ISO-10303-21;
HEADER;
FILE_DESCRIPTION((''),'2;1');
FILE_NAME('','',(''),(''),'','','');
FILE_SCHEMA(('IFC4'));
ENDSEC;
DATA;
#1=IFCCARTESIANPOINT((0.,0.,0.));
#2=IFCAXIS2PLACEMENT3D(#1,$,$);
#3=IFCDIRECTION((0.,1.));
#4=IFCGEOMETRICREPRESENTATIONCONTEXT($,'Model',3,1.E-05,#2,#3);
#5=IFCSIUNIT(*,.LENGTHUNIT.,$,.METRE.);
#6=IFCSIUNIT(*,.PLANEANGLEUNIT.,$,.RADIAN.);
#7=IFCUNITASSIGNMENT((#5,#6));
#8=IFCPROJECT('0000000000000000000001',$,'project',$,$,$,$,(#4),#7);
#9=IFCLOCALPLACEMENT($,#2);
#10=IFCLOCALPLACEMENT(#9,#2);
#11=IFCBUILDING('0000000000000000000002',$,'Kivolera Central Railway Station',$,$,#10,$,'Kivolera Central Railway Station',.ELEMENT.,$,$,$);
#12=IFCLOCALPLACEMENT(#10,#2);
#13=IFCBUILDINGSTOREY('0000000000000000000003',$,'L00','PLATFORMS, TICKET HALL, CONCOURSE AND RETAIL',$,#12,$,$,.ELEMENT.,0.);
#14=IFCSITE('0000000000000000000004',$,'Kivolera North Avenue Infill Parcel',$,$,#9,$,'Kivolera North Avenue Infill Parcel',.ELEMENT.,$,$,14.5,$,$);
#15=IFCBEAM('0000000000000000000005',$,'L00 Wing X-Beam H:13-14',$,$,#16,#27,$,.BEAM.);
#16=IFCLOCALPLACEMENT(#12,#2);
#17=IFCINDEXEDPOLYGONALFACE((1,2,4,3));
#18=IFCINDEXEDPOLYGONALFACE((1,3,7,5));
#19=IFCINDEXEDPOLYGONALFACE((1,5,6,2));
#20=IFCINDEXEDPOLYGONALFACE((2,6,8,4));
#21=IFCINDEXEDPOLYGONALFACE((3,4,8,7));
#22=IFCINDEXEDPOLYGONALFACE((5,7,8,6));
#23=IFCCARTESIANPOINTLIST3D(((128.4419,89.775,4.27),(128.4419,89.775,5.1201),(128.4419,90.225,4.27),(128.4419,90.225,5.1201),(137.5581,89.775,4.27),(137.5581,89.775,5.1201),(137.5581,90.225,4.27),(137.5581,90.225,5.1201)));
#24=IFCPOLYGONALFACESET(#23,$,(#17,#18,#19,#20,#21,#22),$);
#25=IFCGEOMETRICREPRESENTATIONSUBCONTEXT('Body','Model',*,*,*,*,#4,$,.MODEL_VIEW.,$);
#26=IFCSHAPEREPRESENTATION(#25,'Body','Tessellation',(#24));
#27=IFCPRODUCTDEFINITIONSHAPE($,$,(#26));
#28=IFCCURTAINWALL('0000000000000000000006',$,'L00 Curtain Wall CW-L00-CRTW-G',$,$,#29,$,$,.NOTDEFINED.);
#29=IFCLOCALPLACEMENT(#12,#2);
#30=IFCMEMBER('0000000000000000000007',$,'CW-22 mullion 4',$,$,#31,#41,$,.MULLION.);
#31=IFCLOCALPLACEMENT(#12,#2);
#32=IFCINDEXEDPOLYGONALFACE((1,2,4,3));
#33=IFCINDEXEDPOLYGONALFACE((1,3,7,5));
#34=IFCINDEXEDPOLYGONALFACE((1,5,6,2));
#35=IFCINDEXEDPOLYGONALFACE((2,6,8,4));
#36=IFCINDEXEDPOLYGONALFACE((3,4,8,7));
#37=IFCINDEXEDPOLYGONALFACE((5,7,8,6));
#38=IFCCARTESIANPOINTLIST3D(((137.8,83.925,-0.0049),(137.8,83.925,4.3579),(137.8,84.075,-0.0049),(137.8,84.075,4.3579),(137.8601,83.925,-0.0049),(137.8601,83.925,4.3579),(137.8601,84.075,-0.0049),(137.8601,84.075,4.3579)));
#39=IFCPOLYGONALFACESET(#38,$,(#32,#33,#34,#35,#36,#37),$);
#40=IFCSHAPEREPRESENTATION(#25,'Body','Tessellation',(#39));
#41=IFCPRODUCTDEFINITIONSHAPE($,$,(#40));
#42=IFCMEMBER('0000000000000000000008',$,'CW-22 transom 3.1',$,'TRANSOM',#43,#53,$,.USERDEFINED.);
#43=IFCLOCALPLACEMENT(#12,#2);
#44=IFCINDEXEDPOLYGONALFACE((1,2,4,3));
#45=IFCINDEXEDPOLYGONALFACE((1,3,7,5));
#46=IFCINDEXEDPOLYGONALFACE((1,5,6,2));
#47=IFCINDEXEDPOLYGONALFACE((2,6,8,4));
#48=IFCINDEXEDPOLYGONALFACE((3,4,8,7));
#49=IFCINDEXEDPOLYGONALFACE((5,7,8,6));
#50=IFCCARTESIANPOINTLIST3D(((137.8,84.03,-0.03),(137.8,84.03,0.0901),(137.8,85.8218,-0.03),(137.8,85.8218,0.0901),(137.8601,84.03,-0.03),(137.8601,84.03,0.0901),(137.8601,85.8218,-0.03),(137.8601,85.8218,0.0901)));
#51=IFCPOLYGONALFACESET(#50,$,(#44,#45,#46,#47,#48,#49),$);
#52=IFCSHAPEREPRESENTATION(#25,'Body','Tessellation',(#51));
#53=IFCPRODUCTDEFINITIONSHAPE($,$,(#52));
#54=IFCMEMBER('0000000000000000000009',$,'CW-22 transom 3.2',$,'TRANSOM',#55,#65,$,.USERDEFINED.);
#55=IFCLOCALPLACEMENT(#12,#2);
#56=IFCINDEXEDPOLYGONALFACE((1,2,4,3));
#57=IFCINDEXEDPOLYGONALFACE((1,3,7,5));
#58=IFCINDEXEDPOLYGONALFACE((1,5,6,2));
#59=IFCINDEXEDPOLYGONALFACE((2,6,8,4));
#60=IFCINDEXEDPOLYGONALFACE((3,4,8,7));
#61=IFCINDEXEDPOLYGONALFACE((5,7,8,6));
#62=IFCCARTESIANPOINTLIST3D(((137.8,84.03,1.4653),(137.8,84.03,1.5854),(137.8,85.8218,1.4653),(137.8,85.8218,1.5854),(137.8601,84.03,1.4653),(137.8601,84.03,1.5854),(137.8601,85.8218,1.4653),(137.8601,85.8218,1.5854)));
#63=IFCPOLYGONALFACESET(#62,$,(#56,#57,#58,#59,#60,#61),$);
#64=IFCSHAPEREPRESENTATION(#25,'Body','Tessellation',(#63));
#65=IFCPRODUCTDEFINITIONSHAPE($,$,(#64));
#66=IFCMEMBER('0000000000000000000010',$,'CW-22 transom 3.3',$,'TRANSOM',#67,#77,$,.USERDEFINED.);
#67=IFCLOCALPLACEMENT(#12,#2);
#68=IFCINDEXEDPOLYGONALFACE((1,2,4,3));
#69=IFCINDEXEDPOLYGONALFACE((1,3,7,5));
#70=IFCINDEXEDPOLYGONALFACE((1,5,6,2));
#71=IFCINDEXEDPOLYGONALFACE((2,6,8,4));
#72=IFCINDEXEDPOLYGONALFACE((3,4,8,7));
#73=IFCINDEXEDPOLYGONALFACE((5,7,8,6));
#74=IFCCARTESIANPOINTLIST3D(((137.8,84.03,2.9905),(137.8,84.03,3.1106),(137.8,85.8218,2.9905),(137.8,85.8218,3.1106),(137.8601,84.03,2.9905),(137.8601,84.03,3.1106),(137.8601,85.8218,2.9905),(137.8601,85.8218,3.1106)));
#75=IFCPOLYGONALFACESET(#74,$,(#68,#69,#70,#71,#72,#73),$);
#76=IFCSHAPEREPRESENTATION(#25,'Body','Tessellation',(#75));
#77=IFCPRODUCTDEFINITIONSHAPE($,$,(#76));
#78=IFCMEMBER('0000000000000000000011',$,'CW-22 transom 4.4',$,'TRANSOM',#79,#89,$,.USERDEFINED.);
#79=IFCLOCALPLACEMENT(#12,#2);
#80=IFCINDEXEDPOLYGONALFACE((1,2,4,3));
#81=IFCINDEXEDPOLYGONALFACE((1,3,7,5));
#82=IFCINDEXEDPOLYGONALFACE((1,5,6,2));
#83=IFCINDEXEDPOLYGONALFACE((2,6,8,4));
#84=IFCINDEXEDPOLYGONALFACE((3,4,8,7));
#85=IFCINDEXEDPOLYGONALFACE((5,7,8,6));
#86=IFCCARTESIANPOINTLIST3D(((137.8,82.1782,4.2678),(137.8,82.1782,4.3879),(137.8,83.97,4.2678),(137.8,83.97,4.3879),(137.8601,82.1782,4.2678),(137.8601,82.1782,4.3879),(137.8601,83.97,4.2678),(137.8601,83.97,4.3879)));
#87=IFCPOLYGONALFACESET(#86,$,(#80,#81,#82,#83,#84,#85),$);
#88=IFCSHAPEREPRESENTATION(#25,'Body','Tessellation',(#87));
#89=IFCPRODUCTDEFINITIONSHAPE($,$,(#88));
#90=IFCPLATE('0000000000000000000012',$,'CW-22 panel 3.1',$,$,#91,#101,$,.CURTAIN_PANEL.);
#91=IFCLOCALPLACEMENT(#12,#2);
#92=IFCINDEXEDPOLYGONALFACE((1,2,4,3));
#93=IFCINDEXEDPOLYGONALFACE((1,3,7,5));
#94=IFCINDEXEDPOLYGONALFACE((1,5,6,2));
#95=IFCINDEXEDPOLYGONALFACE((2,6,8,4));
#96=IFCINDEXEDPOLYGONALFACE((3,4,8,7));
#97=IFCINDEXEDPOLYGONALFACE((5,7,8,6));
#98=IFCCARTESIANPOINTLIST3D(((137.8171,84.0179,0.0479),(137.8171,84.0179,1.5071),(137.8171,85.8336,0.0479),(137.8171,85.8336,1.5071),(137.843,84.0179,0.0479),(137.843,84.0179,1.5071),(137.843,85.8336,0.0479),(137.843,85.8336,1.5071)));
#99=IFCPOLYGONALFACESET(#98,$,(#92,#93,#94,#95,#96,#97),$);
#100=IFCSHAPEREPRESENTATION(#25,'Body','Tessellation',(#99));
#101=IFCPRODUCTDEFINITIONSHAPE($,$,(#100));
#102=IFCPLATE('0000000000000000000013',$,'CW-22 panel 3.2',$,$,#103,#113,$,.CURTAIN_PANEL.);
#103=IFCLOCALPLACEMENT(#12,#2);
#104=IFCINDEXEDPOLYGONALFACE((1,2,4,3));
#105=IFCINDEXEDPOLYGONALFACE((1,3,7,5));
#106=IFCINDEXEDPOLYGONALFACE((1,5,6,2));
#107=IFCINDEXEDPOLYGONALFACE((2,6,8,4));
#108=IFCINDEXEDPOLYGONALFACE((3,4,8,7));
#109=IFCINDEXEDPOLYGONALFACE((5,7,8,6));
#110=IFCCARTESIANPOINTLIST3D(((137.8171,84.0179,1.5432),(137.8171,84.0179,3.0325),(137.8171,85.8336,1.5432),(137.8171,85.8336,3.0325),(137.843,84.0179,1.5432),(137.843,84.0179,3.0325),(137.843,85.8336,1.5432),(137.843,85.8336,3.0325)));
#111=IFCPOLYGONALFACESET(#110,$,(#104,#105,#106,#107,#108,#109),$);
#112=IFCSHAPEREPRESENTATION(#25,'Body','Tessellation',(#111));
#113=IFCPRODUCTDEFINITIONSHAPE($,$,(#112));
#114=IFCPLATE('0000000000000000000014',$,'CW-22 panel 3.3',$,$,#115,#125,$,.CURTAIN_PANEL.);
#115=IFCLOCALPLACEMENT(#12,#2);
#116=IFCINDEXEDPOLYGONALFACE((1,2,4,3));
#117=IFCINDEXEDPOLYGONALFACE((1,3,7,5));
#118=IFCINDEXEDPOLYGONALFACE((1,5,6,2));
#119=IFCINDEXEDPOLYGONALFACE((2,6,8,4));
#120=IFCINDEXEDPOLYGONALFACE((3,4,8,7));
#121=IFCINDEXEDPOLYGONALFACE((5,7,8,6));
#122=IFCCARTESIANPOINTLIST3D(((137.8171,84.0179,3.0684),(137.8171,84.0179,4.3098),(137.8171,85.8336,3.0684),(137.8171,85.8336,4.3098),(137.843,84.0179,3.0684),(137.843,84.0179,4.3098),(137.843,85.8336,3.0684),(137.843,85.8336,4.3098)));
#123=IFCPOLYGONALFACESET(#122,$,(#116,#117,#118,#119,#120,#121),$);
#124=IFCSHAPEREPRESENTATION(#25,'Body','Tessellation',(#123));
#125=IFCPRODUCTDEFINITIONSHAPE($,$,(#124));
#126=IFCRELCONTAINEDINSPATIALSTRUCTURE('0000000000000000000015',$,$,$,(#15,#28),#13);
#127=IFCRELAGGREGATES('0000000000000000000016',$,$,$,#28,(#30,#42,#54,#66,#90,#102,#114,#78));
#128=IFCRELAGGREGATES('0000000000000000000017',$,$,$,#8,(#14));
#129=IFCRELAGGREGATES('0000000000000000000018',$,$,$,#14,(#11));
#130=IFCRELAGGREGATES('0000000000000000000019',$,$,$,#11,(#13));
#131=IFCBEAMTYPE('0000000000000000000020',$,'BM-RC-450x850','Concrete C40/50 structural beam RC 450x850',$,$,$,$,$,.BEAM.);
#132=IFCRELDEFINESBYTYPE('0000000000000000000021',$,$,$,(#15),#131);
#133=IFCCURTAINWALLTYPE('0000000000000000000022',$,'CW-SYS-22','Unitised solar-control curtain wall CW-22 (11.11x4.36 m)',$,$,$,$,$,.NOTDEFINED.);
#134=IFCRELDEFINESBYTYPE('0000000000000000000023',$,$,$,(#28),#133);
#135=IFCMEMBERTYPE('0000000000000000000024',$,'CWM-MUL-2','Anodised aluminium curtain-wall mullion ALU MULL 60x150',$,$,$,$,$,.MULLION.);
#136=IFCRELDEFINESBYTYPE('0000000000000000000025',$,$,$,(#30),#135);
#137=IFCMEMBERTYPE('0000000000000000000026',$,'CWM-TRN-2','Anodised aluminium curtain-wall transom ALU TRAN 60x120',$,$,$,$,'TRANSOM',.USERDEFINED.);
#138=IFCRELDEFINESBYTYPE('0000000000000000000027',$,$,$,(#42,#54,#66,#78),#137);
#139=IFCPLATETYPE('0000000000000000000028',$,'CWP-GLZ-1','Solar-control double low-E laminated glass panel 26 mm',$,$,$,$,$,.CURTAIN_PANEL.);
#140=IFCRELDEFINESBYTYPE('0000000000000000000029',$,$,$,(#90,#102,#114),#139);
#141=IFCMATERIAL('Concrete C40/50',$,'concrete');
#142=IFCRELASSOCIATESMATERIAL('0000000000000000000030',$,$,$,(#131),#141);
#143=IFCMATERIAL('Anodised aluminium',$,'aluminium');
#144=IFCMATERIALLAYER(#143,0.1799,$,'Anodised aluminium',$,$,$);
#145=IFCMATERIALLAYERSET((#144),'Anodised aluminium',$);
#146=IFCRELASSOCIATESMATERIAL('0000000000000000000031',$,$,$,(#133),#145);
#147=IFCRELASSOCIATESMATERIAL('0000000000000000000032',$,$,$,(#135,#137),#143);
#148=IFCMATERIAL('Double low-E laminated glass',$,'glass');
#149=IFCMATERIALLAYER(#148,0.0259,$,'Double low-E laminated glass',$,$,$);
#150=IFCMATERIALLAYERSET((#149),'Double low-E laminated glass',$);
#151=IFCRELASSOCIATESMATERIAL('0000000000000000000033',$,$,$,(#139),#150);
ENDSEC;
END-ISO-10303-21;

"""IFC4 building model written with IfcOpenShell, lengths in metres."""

from ifc_helpers import new_model, si_unit, direction, frame, origin, origin_2d, place, context, subcontext, project, spatial, rectangle, extrude, material, layer, layer_set, material_profile, profile_set, type_object, element, aggregate, save


model = new_model("IFC4")

# Units and contexts
model_context = context("Model", 3, precision=1e-05, world=origin(), true_north=direction((0.0, 1.0)))
body_context = subcontext(model_context, "Body", "Model", "MODEL_VIEW")
ifc_project = project(units=[si_unit("LENGTHUNIT", "METRE"), si_unit("PLANEANGLEUNIT", "RADIAN")], contexts=[model_context])

# Site, building, storey
site_placement = place(None, origin())
site = spatial("IfcSite", under=ifc_project, at=site_placement, Name="Kivolera North Avenue Infill Parcel", LongName="Kivolera North Avenue Infill Parcel", CompositionType="ELEMENT", RefElevation=14.5)
building_placement = place(site_placement, origin())
building = spatial("IfcBuilding", under=site, at=building_placement, Name="Kivolera Central Railway Station", LongName="Kivolera Central Railway Station", CompositionType="ELEMENT")
storey_placement = place(building_placement, origin())
storey = spatial("IfcBuildingStorey", under=building, at=storey_placement, Name="L00", Description="PLATFORMS, TICKET HALL, CONCOURSE AND RETAIL", CompositionType="ELEMENT", Elevation=0.0)

# Shared definitions
ifc_material_1 = material(Name="Concrete C40/50", Category="concrete")

# Beam
ifc_material_profile_1 = material_profile(ifc_material_1, rectangle(XDim=0.45, YDim=0.8501, at=origin_2d()), Name="RC 450x850")
ifc_profile_set_1 = profile_set([ifc_material_profile_1], Name="Concrete C40/50")
beam_type_1 = type_object("IfcBeamType", Name="BM-RC-450x850", Description="Concrete C40/50 structural beam RC 450x850", PredefinedType="BEAM", material=ifc_profile_set_1)
for number, where, z_axis, x_axis, name in (
    (1, (128.4419, 90.0, 4.6951), (1.0, 0.0, 0.0), (0.0, 1.0, 0.0), "L00 Wing X-Beam H:13-14"),
):
    element("IfcBeam", number, at=place(storey_placement, frame(where, z_axis=z_axis, x_axis=x_axis)), inside=storey, type_object=beam_type_1, Name=name, PredefinedType="BEAM", context=body_context, shape_type="SweptSolid", body=[
        extrude(rectangle(XDim=0.45, YDim=0.8501, at=origin_2d()), origin(), (0.0, 0.0, 1.0), 9.1162),
    ])

# Curtain wall, members, plates
ifc_material_2 = material(Name="Anodised aluminium", Category="aluminium")
ifc_layer_1 = layer(ifc_material_2, 0.1799, Name="Anodised aluminium")
ifc_layer_set_1 = layer_set([ifc_layer_1], Name="Anodised aluminium")
curtain_wall_type = type_object("IfcCurtainWallType", Name="CW-SYS-22", Description="Unitised solar-control curtain wall CW-22 (11.11x4.36 m)", PredefinedType="NOTDEFINED", material=ifc_layer_set_1)
curtain_wall_placement = place(storey_placement, origin())
curtain_wall = element("IfcCurtainWall", 2, at=curtain_wall_placement, inside=storey, type_object=curtain_wall_type, Name="L00 Curtain Wall CW-L00-CRTW-G", PredefinedType="NOTDEFINED")
ifc_material_profile_2 = material_profile(ifc_material_2, rectangle(XDim=0.0601, YDim=0.1499, at=origin_2d()), Name="ALU MULL 60x150")
ifc_profile_set_2 = profile_set([ifc_material_profile_2], Name="Anodised aluminium")
member_type_1 = type_object("IfcMemberType", Name="CWM-MUL-2", Description="Anodised aluminium curtain-wall mullion ALU MULL 60x150", PredefinedType="MULLION", material=ifc_profile_set_2)
member_1_placement = place(storey_placement, frame((137.8301, 84.0, -0.0049), z_axis=(0.0, 0.0, 1.0), x_axis=(1.0, 0.0, 0.0)))
member_1 = element("IfcMember", 3, at=member_1_placement, type_object=member_type_1, Name="CW-22 mullion 4", PredefinedType="MULLION", context=body_context, shape_type="SweptSolid", body=[
    extrude(rectangle(XDim=0.0601, YDim=0.1499, at=origin_2d()), origin(), (0.0, 0.0, 1.0), 4.3628),
])
ifc_material_profile_3 = material_profile(ifc_material_2, rectangle(XDim=0.0601, YDim=0.1201, at=origin_2d()), Name="ALU TRAN 60x120")
ifc_profile_set_3 = profile_set([ifc_material_profile_3], Name="Anodised aluminium")
member_type_2 = type_object("IfcMemberType", Name="CWM-TRN-2", Description="Anodised aluminium curtain-wall transom ALU TRAN 60x120", ElementType="TRANSOM", PredefinedType="USERDEFINED", material=ifc_profile_set_3)
member_2_placement = place(storey_placement, frame((137.8301, 85.8218, 0.03), z_axis=(0.0, -1.0, 0.0), x_axis=(1.0, 0.0, 0.0)))
member_2 = element("IfcMember", 4, at=member_2_placement, type_object=member_type_2, Name="CW-22 transom 3.1", ObjectType="TRANSOM", PredefinedType="USERDEFINED", context=body_context, shape_type="SweptSolid", body=[
    extrude(rectangle(XDim=0.0601, YDim=0.1201, at=origin_2d()), origin(), (0.0, 0.0, 1.0), 1.7917),
])
member_3_placement = place(storey_placement, frame((137.8301, 85.8218, 1.5254), z_axis=(0.0, -1.0, 0.0), x_axis=(1.0, 0.0, 0.0)))
member_3 = element("IfcMember", 5, at=member_3_placement, type_object=member_type_2, Name="CW-22 transom 3.2", ObjectType="TRANSOM", PredefinedType="USERDEFINED", context=body_context, shape_type="SweptSolid", body=[
    extrude(rectangle(XDim=0.0601, YDim=0.1201, at=origin_2d()), origin(), (0.0, 0.0, 1.0), 1.7917),
])
member_4_placement = place(storey_placement, frame((137.8301, 85.8218, 3.0505), z_axis=(0.0, -1.0, 0.0), x_axis=(1.0, 0.0, 0.0)))
member_4 = element("IfcMember", 6, at=member_4_placement, type_object=member_type_2, Name="CW-22 transom 3.3", ObjectType="TRANSOM", PredefinedType="USERDEFINED", context=body_context, shape_type="SweptSolid", body=[
    extrude(rectangle(XDim=0.0601, YDim=0.1201, at=origin_2d()), origin(), (0.0, 0.0, 1.0), 1.7917),
])
member_5_placement = place(storey_placement, frame((137.8301, 83.97, 4.3279), z_axis=(0.0, -1.0, 0.0), x_axis=(1.0, 0.0, 0.0)))
member_5 = element("IfcMember", 7, at=member_5_placement, type_object=member_type_2, Name="CW-22 transom 4.4", ObjectType="TRANSOM", PredefinedType="USERDEFINED", context=body_context, shape_type="SweptSolid", body=[
    extrude(rectangle(XDim=0.0601, YDim=0.1201, at=origin_2d()), origin(), (0.0, 0.0, 1.0), 1.7917),
])
ifc_material_3 = material(Name="Double low-E laminated glass", Category="glass")
ifc_layer_2 = layer(ifc_material_3, 0.0259, Name="Double low-E laminated glass")
ifc_layer_set_2 = layer_set([ifc_layer_2], Name="Double low-E laminated glass")
plate_type = type_object("IfcPlateType", Name="CWP-GLZ-1", Description="Solar-control double low-E laminated glass panel 26 mm", PredefinedType="CURTAIN_PANEL", material=ifc_layer_set_2)
plate_1_placement = place(storey_placement, frame((137.8301, 84.9258, 0.0479), z_axis=(0.0, 0.0, 1.0), x_axis=(0.0, -1.0, 0.0)))
plate_1 = element("IfcPlate", 8, at=plate_1_placement, type_object=plate_type, Name="CW-22 panel 3.1", PredefinedType="CURTAIN_PANEL", context=body_context, shape_type="SweptSolid", body=[
    extrude(rectangle(XDim=1.8157, YDim=0.0259, at=origin_2d()), origin(), (0.0, 0.0, 1.0), 1.4592),
])
plate_2_placement = place(storey_placement, frame((137.8301, 84.9258, 1.5432), z_axis=(0.0, 0.0, 1.0), x_axis=(0.0, -1.0, 0.0)))
plate_2 = element("IfcPlate", 9, at=plate_2_placement, type_object=plate_type, Name="CW-22 panel 3.2", PredefinedType="CURTAIN_PANEL", context=body_context, shape_type="SweptSolid", body=[
    extrude(rectangle(XDim=1.8157, YDim=0.0259, at=origin_2d()), origin(), (0.0, 0.0, 1.0), 1.4893),
])
plate_3_placement = place(storey_placement, frame((137.8301, 84.9258, 3.0684), z_axis=(0.0, 0.0, 1.0), x_axis=(0.0, -1.0, 0.0)))
plate_3 = element("IfcPlate", 10, at=plate_3_placement, type_object=plate_type, Name="CW-22 panel 3.3", PredefinedType="CURTAIN_PANEL", context=body_context, shape_type="SweptSolid", body=[
    extrude(rectangle(XDim=1.8157, YDim=0.0259, at=origin_2d()), origin(), (0.0, 0.0, 1.0), 1.2415),
])
aggregate(curtain_wall, [member_1, member_2, member_3, member_4, plate_1, plate_2, plate_3, member_5])

save(model, "model.ifc")
